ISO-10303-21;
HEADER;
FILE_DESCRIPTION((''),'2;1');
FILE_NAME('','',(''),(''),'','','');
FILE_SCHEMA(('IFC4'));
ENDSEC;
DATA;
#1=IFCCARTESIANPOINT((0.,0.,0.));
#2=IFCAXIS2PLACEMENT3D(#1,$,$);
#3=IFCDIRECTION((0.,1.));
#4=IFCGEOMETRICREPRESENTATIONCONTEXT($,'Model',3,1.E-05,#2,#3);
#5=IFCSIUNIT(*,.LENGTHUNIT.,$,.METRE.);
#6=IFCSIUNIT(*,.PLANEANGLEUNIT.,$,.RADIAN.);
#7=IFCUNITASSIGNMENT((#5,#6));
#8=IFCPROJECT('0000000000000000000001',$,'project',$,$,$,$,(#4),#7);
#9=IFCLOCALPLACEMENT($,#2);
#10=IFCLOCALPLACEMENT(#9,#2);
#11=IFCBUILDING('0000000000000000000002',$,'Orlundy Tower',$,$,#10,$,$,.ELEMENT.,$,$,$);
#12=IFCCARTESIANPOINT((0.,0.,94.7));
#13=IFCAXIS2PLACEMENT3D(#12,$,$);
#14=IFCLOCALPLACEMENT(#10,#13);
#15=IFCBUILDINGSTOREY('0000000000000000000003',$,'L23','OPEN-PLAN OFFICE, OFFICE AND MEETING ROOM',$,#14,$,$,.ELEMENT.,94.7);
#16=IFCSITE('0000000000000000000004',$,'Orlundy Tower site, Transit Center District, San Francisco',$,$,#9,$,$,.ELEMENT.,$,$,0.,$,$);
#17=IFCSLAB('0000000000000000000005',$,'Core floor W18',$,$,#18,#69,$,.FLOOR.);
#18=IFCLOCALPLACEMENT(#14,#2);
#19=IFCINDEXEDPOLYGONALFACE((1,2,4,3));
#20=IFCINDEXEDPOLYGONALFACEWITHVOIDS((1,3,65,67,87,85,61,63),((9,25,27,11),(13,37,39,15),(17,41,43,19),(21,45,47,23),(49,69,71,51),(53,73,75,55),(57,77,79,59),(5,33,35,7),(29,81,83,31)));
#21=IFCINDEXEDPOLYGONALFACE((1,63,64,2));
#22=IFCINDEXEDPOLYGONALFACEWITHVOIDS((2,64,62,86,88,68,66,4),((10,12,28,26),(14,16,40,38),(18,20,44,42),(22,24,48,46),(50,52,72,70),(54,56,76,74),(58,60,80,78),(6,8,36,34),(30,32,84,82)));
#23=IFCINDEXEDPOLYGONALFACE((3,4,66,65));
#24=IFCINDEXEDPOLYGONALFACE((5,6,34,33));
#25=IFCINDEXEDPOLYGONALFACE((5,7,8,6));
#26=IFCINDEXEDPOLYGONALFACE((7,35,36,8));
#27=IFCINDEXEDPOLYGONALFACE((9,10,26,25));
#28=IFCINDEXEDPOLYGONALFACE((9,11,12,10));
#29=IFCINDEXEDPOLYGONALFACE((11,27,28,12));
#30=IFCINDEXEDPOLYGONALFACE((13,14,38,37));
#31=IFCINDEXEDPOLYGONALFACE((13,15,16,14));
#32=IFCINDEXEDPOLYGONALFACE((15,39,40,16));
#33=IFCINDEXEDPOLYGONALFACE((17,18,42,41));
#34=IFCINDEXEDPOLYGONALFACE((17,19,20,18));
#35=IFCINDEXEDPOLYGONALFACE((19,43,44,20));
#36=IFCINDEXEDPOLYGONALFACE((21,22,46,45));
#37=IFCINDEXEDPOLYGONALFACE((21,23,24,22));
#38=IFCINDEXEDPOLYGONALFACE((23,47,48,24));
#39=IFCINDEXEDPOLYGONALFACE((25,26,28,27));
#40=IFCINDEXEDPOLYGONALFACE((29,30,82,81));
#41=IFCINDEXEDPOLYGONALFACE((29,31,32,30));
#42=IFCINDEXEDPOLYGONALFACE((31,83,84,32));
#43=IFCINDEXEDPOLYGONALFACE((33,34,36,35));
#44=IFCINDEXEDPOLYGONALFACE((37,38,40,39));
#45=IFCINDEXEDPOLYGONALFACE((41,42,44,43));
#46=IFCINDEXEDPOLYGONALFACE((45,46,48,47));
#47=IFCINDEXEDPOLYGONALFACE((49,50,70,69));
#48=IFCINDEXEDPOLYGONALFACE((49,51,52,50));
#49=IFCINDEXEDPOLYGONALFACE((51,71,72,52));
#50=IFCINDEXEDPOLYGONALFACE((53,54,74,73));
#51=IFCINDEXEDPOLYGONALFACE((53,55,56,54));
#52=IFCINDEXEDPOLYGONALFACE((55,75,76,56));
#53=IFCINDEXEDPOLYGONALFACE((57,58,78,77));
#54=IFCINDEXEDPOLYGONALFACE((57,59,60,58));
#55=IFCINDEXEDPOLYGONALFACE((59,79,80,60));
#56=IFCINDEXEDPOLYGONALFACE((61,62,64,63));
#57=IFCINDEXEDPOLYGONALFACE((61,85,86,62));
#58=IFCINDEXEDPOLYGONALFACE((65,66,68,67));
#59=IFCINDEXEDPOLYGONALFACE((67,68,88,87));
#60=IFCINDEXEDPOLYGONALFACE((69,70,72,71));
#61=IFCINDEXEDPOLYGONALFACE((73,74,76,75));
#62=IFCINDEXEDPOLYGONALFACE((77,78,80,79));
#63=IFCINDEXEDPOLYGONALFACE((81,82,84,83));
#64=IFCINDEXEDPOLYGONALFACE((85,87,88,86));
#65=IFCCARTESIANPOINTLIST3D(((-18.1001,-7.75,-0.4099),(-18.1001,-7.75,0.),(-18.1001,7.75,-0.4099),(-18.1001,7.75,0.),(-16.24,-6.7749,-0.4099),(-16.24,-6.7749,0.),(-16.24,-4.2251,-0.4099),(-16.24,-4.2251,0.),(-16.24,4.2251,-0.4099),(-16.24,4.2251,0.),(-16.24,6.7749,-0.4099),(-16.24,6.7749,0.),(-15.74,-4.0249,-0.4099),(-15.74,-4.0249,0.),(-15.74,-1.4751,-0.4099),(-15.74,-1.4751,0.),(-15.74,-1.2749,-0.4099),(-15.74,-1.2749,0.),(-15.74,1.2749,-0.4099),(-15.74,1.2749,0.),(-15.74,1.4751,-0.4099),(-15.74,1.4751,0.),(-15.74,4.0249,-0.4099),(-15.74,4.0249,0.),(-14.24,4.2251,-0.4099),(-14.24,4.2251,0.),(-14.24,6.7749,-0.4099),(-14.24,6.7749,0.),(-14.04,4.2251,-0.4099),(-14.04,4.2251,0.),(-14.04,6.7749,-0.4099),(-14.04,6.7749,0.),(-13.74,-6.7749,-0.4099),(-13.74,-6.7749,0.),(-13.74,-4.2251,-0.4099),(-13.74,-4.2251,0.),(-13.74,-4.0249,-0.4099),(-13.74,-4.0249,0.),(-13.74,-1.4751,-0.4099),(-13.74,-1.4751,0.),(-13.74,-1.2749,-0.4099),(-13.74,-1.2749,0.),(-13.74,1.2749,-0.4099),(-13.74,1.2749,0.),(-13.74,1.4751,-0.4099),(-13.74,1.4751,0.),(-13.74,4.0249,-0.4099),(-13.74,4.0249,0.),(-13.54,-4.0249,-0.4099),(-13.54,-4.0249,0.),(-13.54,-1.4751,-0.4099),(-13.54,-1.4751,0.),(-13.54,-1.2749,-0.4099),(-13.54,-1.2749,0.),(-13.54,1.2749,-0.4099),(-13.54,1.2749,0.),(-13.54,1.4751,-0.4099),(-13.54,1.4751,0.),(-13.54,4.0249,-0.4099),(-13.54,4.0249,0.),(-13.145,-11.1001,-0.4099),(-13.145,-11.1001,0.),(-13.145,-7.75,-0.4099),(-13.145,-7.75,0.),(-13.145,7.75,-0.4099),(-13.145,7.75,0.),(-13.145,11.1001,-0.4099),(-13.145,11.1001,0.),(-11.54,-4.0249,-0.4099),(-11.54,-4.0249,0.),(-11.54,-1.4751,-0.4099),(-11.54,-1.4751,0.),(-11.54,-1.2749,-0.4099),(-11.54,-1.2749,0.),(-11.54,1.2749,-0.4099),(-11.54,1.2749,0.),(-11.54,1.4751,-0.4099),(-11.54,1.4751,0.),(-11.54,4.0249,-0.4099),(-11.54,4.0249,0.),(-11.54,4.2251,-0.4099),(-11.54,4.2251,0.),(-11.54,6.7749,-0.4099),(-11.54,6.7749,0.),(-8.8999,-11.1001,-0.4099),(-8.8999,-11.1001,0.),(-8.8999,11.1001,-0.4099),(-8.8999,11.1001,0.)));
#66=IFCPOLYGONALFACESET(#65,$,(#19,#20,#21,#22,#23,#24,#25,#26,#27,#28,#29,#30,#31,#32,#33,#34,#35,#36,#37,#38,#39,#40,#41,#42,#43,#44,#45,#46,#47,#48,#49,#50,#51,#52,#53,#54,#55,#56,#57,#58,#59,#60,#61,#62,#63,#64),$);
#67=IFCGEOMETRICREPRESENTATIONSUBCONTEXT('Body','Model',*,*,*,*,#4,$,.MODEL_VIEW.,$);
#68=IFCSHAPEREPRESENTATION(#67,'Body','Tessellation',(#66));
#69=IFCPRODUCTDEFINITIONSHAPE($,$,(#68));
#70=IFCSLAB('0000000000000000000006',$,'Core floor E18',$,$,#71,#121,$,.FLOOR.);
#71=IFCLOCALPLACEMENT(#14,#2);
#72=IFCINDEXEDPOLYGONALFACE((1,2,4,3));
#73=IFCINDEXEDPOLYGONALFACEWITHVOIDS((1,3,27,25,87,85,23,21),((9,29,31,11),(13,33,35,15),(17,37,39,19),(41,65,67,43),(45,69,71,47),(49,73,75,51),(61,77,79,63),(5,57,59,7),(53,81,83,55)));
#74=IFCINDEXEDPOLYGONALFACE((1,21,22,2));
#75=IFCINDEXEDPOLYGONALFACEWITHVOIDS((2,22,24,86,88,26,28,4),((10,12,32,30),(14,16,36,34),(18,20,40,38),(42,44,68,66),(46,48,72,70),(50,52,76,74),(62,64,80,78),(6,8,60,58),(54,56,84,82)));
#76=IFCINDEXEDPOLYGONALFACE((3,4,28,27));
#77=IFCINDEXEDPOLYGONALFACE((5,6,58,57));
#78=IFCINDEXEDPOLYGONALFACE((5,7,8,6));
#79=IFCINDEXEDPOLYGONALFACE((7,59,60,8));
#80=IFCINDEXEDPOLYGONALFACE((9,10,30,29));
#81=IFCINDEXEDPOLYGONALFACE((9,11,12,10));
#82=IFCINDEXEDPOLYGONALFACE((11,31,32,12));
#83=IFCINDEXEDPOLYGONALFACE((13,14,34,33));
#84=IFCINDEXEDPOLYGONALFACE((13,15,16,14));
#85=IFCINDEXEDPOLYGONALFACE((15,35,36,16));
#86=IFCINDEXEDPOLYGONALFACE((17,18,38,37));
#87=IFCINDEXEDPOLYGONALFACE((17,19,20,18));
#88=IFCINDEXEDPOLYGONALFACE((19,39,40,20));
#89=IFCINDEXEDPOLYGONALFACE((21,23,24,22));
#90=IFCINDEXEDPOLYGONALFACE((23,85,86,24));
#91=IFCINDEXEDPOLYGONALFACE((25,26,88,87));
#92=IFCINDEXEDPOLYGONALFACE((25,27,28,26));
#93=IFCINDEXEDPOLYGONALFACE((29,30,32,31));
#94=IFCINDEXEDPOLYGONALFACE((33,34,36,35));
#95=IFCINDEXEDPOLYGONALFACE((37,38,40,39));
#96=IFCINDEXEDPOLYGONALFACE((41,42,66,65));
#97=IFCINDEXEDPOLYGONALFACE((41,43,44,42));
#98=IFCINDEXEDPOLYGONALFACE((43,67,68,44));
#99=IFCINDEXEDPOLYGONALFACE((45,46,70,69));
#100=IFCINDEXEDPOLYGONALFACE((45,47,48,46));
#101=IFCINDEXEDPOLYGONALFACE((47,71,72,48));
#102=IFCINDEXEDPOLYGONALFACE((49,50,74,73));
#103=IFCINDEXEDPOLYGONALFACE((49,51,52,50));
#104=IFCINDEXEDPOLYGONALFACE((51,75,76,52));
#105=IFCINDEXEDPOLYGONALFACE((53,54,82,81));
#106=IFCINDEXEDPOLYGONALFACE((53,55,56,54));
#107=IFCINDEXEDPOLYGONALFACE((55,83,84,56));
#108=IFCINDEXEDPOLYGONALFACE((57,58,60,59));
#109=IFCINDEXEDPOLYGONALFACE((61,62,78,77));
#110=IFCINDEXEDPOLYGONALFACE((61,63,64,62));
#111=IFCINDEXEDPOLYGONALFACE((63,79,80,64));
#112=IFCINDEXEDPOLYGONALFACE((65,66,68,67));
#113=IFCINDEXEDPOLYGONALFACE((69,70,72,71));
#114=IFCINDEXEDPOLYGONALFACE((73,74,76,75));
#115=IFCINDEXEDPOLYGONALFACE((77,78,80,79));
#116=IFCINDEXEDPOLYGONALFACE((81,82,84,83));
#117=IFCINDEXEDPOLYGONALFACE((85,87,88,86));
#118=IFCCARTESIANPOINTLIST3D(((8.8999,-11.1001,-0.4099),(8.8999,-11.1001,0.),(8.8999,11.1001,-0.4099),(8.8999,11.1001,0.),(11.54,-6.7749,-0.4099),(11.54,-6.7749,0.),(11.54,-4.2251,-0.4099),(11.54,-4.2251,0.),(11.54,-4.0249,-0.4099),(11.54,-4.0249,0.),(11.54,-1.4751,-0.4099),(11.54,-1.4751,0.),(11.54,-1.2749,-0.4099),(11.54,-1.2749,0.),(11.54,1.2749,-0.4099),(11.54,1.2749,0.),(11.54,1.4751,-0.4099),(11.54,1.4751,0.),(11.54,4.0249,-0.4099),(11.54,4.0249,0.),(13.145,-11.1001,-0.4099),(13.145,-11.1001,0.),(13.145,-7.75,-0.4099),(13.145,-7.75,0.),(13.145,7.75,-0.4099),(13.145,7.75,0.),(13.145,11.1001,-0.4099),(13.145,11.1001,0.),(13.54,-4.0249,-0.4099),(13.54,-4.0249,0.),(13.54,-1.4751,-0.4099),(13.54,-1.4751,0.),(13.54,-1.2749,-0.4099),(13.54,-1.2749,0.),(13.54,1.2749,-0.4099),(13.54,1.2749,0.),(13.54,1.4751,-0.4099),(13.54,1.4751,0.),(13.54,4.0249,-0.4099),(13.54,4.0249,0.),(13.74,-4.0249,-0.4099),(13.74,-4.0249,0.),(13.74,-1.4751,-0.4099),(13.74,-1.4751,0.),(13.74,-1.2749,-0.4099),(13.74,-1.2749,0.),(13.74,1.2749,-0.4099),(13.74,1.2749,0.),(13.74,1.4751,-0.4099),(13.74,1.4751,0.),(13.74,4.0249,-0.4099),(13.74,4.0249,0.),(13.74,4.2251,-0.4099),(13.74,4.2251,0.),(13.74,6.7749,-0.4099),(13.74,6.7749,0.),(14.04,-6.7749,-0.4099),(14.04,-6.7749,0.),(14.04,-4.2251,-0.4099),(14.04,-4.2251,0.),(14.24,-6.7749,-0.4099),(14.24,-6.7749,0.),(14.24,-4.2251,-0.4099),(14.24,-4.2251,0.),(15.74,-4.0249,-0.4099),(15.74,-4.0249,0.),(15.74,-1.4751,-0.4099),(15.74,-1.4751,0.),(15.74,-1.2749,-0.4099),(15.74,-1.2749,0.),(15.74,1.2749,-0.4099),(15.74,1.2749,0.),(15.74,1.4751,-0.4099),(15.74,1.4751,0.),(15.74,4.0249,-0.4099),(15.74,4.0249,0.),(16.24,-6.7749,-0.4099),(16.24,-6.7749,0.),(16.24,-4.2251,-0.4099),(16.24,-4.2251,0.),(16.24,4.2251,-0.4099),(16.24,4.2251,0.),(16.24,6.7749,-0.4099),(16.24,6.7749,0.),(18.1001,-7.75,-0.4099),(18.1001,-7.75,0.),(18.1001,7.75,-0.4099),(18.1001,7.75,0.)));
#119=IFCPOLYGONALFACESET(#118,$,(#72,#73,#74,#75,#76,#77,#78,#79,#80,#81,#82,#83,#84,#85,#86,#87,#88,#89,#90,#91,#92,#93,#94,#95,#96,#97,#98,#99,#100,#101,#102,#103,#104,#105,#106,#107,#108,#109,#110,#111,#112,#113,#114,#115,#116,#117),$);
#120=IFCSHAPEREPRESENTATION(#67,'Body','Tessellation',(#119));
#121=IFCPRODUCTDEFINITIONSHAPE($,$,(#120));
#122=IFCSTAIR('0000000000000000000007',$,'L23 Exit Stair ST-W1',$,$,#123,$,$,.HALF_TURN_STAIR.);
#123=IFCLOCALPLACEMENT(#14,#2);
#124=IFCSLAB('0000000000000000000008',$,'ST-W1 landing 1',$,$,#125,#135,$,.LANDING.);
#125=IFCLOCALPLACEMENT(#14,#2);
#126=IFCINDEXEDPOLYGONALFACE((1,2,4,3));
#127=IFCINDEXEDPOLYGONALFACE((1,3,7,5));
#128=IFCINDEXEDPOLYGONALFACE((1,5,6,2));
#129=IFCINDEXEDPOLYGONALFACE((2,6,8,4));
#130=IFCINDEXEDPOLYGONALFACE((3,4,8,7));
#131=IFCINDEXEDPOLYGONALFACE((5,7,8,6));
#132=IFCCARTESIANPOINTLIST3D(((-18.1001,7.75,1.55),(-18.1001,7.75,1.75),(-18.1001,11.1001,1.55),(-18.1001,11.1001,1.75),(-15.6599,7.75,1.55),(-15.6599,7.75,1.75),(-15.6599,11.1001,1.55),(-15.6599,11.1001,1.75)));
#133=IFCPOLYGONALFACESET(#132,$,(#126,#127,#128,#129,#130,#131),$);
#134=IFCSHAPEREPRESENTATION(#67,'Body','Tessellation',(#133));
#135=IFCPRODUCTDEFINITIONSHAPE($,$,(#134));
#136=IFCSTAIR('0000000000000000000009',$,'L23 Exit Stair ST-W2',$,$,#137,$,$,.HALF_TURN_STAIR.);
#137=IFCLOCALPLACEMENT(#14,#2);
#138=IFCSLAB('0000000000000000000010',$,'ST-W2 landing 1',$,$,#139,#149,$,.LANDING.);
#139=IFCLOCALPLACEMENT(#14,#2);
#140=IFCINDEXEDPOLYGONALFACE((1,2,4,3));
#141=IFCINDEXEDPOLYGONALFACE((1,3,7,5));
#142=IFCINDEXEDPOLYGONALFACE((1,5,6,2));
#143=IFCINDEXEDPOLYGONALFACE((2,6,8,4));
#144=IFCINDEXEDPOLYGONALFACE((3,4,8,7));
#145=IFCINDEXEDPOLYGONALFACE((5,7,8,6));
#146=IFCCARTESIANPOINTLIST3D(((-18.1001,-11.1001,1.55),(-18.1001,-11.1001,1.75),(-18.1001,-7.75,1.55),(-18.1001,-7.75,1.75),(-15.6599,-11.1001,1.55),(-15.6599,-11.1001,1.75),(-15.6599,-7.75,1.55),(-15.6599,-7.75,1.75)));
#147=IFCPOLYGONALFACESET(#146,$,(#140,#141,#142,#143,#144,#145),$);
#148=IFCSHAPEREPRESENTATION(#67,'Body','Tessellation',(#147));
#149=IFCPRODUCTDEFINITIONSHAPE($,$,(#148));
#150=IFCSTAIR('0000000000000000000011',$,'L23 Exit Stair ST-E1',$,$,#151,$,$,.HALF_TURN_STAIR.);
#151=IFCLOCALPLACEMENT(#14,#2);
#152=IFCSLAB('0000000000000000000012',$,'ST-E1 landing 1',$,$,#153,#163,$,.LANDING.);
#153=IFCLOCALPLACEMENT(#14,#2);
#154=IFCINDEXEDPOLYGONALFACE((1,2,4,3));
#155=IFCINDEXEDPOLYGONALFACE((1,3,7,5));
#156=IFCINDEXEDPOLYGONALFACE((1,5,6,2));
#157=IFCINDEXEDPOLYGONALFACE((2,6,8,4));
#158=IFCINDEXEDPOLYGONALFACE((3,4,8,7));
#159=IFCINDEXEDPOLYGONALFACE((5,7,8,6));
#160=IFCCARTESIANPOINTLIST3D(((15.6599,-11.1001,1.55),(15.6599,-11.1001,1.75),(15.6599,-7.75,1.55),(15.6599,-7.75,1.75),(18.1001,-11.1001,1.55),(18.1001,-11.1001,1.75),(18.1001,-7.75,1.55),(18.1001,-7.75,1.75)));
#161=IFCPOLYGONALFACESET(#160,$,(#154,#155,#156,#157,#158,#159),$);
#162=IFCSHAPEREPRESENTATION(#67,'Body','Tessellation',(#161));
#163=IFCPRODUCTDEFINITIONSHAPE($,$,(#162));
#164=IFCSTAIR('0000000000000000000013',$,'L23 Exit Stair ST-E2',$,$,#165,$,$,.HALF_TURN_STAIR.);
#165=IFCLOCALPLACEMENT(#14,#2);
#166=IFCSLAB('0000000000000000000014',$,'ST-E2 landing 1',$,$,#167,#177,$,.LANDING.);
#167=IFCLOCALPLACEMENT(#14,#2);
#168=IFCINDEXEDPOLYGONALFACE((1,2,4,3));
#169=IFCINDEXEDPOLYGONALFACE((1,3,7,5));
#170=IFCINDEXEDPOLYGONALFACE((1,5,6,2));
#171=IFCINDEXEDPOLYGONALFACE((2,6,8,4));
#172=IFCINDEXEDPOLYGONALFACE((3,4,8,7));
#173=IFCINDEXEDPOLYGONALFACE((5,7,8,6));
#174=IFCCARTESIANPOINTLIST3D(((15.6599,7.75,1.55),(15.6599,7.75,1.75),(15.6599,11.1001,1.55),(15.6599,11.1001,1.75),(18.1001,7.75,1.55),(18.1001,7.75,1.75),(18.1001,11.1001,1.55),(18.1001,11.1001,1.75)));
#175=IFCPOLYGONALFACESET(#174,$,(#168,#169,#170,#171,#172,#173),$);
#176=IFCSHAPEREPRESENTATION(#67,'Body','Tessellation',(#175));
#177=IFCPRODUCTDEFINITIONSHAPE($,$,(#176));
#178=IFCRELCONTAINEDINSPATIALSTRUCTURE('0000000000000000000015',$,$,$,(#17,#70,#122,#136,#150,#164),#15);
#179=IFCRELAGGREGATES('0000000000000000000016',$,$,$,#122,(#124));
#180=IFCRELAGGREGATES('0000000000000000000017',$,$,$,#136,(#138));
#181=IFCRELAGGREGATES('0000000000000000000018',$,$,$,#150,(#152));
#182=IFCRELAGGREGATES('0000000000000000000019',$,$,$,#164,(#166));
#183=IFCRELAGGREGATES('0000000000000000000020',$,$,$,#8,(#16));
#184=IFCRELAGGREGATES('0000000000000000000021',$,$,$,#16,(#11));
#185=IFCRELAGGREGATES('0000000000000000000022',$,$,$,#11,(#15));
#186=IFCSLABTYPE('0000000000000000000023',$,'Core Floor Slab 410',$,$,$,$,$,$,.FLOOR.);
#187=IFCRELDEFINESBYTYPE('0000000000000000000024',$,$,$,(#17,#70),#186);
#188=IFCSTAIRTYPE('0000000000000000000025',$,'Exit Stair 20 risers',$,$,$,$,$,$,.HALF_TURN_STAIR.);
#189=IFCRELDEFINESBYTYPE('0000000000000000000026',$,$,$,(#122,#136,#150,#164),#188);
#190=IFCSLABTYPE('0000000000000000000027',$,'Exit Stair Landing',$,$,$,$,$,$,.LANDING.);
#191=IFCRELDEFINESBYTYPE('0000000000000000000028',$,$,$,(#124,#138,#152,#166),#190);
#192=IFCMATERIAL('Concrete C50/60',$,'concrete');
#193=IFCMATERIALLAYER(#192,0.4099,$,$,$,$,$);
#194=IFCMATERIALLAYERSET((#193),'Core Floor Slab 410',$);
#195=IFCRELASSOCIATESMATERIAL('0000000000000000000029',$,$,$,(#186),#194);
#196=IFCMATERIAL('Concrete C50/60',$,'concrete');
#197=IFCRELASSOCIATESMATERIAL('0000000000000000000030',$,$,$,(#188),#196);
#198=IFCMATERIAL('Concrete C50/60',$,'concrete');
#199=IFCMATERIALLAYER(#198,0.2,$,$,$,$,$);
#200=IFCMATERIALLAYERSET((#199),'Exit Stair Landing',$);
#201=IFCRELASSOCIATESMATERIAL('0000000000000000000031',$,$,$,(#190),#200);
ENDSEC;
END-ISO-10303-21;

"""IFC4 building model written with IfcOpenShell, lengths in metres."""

from ifc_helpers import new_model, si_unit, direction, frame, origin, place, context, subcontext, project, spatial, polyline, outline, extrude, material, layer, layer_set, type_object, element, aggregate, save


model = new_model("IFC4")

# Units and contexts
model_context = context("Model", 3, precision=1e-05, world=origin(), true_north=direction((0.0, 1.0)))
body_context = subcontext(model_context, "Body", "Model", "MODEL_VIEW")
ifc_project = project(units=[si_unit("LENGTHUNIT", "METRE"), si_unit("PLANEANGLEUNIT", "RADIAN")], contexts=[model_context])

# Site, building, storey
site_placement = place(None, origin())
site = spatial("IfcSite", under=ifc_project, at=site_placement, Name="Orlundy Tower site, Transit Center District, San Francisco", CompositionType="ELEMENT", RefElevation=0.0)
building_placement = place(site_placement, origin())
building = spatial("IfcBuilding", under=site, at=building_placement, Name="Orlundy Tower", CompositionType="ELEMENT")
storey_placement = place(building_placement, frame((0.0, 0.0, 94.7)))
storey = spatial("IfcBuildingStorey", under=building, at=storey_placement, Name="L23", Description="OPEN-PLAN OFFICE, OFFICE AND MEETING ROOM", CompositionType="ELEMENT", Elevation=94.7)

# Slabs
ifc_material_1 = material(Name="Concrete C50/60", Category="concrete")
ifc_layer_1 = layer(ifc_material_1, 0.4099)
ifc_layer_set_1 = layer_set([ifc_layer_1], Name="Core Floor Slab 410")
slab_type_1 = type_object("IfcSlabType", Name="Core Floor Slab 410", PredefinedType="FLOOR", material=ifc_layer_set_1)
slab_1_placement = place(storey_placement, frame((0.0, 0.0, -0.4099)))
element("IfcSlab", 1, at=slab_1_placement, inside=storey, type_object=slab_type_1, Name="Core floor W18", PredefinedType="FLOOR", context=body_context, shape_type="SweptSolid", body=[
    extrude(outline(polyline([(-13.145, 7.75), (-13.145, 11.1001), (-8.8999, 11.1001), (-8.8999, -11.1001), (-13.145, -11.1001), (-13.145, -7.75), (-18.1001, -7.75), (-18.1001, 7.75), (-13.145, 7.75)]), holes=[polyline([(-16.24, -6.7749), (-13.74, -6.7749), (-13.74, -4.2251), (-16.24, -4.2251), (-16.24, -6.7749)]), polyline([(-13.54, -1.4751), (-13.54, -4.0249), (-11.54, -4.0249), (-11.54, -1.4751), (-13.54, -1.4751)]), polyline([(-13.74, -1.4751), (-15.74, -1.4751), (-15.74, -4.0249), (-13.74, -4.0249), (-13.74, -1.4751)]), polyline([(-11.54, -1.2749), (-11.54, 1.2749), (-13.54, 1.2749), (-13.54, -1.2749), (-11.54, -1.2749)]), polyline([(-15.74, -1.2749), (-13.74, -1.2749), (-13.74, 1.2749), (-15.74, 1.2749), (-15.74, -1.2749)]), polyline([(-13.54, 4.0249), (-13.54, 1.4751), (-11.54, 1.4751), (-11.54, 4.0249), (-13.54, 4.0249)]), polyline([(-13.74, 4.0249), (-15.74, 4.0249), (-15.74, 1.4751), (-13.74, 1.4751), (-13.74, 4.0249)]), polyline([(-11.54, 4.2251), (-11.54, 6.7749), (-14.04, 6.7749), (-14.04, 4.2251), (-11.54, 4.2251)]), polyline([(-16.24, 4.2251), (-14.24, 4.2251), (-14.24, 6.7749), (-16.24, 6.7749), (-16.24, 4.2251)])]), origin(), (0.0, 0.0, 1.0), 0.4099),
])
slab_2_placement = place(storey_placement, frame((0.0, 0.0, -0.4099)))
element("IfcSlab", 2, at=slab_2_placement, inside=storey, type_object=slab_type_1, Name="Core floor E18", PredefinedType="FLOOR", context=body_context, shape_type="SweptSolid", body=[
    extrude(outline(polyline([(13.145, -7.75), (13.145, -11.1001), (8.8999, -11.1001), (8.8999, 11.1001), (13.145, 11.1001), (13.145, 7.75), (18.1001, 7.75), (18.1001, -7.75), (13.145, -7.75)]), holes=[polyline([(16.24, 6.7749), (13.74, 6.7749), (13.74, 4.2251), (16.24, 4.2251), (16.24, 6.7749)]), polyline([(13.54, 1.4751), (13.54, 4.0249), (11.54, 4.0249), (11.54, 1.4751), (13.54, 1.4751)]), polyline([(13.74, 1.4751), (15.74, 1.4751), (15.74, 4.0249), (13.74, 4.0249), (13.74, 1.4751)]), polyline([(11.54, 1.2749), (11.54, -1.2749), (13.54, -1.2749), (13.54, 1.2749), (11.54, 1.2749)]), polyline([(15.74, 1.2749), (13.74, 1.2749), (13.74, -1.2749), (15.74, -1.2749), (15.74, 1.2749)]), polyline([(13.54, -4.0249), (13.54, -1.4751), (11.54, -1.4751), (11.54, -4.0249), (13.54, -4.0249)]), polyline([(13.74, -4.0249), (15.74, -4.0249), (15.74, -1.4751), (13.74, -1.4751), (13.74, -4.0249)]), polyline([(11.54, -4.2251), (11.54, -6.7749), (14.04, -6.7749), (14.04, -4.2251), (11.54, -4.2251)]), polyline([(16.24, -4.2251), (14.24, -4.2251), (14.24, -6.7749), (16.24, -6.7749), (16.24, -4.2251)])]), origin(), (0.0, 0.0, 1.0), 0.4099),
])

# Stairs, slabs
ifc_material_2 = material(Name="Concrete C50/60", Category="concrete")
stair_type = type_object("IfcStairType", Name="Exit Stair 20 risers", PredefinedType="HALF_TURN_STAIR", material=ifc_material_2)
stair_1_placement = place(storey_placement, origin())
stair_1 = element("IfcStair", 3, at=stair_1_placement, inside=storey, type_object=stair_type, Name="L23 Exit Stair ST-W1", PredefinedType="HALF_TURN_STAIR")
ifc_material_3 = material(Name="Concrete C50/60", Category="concrete")
ifc_layer_2 = layer(ifc_material_3, 0.2)
ifc_layer_set_2 = layer_set([ifc_layer_2], Name="Exit Stair Landing")
slab_type_2 = type_object("IfcSlabType", Name="Exit Stair Landing", PredefinedType="LANDING", material=ifc_layer_set_2)
slab_3_placement = place(storey_placement, frame((0.0, 0.0, 1.55)))
slab_3 = element("IfcSlab", 4, at=slab_3_placement, type_object=slab_type_2, Name="ST-W1 landing 1", PredefinedType="LANDING", context=body_context, shape_type="SweptSolid", body=[
    extrude(outline(polyline([(-15.6599, 11.1001), (-18.1001, 11.1001), (-18.1001, 7.75), (-15.6599, 7.75), (-15.6599, 11.1001)])), origin(), (0.0, 0.0, 1.0), 0.2),
])
aggregate(stair_1, [slab_3])
stair_2_placement = place(storey_placement, origin())
stair_2 = element("IfcStair", 5, at=stair_2_placement, inside=storey, type_object=stair_type, Name="L23 Exit Stair ST-W2", PredefinedType="HALF_TURN_STAIR")
slab_4_placement = place(storey_placement, frame((0.0, 0.0, 1.55)))
slab_4 = element("IfcSlab", 6, at=slab_4_placement, type_object=slab_type_2, Name="ST-W2 landing 1", PredefinedType="LANDING", context=body_context, shape_type="SweptSolid", body=[
    extrude(outline(polyline([(-15.6599, -7.75), (-18.1001, -7.75), (-18.1001, -11.1001), (-15.6599, -11.1001), (-15.6599, -7.75)])), origin(), (0.0, 0.0, 1.0), 0.2),
])
aggregate(stair_2, [slab_4])
stair_3_placement = place(storey_placement, origin())
stair_3 = element("IfcStair", 7, at=stair_3_placement, inside=storey, type_object=stair_type, Name="L23 Exit Stair ST-E1", PredefinedType="HALF_TURN_STAIR")
slab_5_placement = place(storey_placement, frame((0.0, 0.0, 1.55)))
slab_5 = element("IfcSlab", 8, at=slab_5_placement, type_object=slab_type_2, Name="ST-E1 landing 1", PredefinedType="LANDING", context=body_context, shape_type="SweptSolid", body=[
    extrude(outline(polyline([(15.6599, -11.1001), (18.1001, -11.1001), (18.1001, -7.75), (15.6599, -7.75), (15.6599, -11.1001)])), origin(), (0.0, 0.0, 1.0), 0.2),
])
aggregate(stair_3, [slab_5])
stair_4_placement = place(storey_placement, origin())
stair_4 = element("IfcStair", 9, at=stair_4_placement, inside=storey, type_object=stair_type, Name="L23 Exit Stair ST-E2", PredefinedType="HALF_TURN_STAIR")
slab_6_placement = place(storey_placement, frame((0.0, 0.0, 1.55)))
slab_6 = element("IfcSlab", 10, at=slab_6_placement, type_object=slab_type_2, Name="ST-E2 landing 1", PredefinedType="LANDING", context=body_context, shape_type="SweptSolid", body=[
    extrude(outline(polyline([(15.6599, 7.75), (18.1001, 7.75), (18.1001, 11.1001), (15.6599, 11.1001), (15.6599, 7.75)])), origin(), (0.0, 0.0, 1.0), 0.2),
])
aggregate(stair_4, [slab_6])

save(model, "model.ifc")
